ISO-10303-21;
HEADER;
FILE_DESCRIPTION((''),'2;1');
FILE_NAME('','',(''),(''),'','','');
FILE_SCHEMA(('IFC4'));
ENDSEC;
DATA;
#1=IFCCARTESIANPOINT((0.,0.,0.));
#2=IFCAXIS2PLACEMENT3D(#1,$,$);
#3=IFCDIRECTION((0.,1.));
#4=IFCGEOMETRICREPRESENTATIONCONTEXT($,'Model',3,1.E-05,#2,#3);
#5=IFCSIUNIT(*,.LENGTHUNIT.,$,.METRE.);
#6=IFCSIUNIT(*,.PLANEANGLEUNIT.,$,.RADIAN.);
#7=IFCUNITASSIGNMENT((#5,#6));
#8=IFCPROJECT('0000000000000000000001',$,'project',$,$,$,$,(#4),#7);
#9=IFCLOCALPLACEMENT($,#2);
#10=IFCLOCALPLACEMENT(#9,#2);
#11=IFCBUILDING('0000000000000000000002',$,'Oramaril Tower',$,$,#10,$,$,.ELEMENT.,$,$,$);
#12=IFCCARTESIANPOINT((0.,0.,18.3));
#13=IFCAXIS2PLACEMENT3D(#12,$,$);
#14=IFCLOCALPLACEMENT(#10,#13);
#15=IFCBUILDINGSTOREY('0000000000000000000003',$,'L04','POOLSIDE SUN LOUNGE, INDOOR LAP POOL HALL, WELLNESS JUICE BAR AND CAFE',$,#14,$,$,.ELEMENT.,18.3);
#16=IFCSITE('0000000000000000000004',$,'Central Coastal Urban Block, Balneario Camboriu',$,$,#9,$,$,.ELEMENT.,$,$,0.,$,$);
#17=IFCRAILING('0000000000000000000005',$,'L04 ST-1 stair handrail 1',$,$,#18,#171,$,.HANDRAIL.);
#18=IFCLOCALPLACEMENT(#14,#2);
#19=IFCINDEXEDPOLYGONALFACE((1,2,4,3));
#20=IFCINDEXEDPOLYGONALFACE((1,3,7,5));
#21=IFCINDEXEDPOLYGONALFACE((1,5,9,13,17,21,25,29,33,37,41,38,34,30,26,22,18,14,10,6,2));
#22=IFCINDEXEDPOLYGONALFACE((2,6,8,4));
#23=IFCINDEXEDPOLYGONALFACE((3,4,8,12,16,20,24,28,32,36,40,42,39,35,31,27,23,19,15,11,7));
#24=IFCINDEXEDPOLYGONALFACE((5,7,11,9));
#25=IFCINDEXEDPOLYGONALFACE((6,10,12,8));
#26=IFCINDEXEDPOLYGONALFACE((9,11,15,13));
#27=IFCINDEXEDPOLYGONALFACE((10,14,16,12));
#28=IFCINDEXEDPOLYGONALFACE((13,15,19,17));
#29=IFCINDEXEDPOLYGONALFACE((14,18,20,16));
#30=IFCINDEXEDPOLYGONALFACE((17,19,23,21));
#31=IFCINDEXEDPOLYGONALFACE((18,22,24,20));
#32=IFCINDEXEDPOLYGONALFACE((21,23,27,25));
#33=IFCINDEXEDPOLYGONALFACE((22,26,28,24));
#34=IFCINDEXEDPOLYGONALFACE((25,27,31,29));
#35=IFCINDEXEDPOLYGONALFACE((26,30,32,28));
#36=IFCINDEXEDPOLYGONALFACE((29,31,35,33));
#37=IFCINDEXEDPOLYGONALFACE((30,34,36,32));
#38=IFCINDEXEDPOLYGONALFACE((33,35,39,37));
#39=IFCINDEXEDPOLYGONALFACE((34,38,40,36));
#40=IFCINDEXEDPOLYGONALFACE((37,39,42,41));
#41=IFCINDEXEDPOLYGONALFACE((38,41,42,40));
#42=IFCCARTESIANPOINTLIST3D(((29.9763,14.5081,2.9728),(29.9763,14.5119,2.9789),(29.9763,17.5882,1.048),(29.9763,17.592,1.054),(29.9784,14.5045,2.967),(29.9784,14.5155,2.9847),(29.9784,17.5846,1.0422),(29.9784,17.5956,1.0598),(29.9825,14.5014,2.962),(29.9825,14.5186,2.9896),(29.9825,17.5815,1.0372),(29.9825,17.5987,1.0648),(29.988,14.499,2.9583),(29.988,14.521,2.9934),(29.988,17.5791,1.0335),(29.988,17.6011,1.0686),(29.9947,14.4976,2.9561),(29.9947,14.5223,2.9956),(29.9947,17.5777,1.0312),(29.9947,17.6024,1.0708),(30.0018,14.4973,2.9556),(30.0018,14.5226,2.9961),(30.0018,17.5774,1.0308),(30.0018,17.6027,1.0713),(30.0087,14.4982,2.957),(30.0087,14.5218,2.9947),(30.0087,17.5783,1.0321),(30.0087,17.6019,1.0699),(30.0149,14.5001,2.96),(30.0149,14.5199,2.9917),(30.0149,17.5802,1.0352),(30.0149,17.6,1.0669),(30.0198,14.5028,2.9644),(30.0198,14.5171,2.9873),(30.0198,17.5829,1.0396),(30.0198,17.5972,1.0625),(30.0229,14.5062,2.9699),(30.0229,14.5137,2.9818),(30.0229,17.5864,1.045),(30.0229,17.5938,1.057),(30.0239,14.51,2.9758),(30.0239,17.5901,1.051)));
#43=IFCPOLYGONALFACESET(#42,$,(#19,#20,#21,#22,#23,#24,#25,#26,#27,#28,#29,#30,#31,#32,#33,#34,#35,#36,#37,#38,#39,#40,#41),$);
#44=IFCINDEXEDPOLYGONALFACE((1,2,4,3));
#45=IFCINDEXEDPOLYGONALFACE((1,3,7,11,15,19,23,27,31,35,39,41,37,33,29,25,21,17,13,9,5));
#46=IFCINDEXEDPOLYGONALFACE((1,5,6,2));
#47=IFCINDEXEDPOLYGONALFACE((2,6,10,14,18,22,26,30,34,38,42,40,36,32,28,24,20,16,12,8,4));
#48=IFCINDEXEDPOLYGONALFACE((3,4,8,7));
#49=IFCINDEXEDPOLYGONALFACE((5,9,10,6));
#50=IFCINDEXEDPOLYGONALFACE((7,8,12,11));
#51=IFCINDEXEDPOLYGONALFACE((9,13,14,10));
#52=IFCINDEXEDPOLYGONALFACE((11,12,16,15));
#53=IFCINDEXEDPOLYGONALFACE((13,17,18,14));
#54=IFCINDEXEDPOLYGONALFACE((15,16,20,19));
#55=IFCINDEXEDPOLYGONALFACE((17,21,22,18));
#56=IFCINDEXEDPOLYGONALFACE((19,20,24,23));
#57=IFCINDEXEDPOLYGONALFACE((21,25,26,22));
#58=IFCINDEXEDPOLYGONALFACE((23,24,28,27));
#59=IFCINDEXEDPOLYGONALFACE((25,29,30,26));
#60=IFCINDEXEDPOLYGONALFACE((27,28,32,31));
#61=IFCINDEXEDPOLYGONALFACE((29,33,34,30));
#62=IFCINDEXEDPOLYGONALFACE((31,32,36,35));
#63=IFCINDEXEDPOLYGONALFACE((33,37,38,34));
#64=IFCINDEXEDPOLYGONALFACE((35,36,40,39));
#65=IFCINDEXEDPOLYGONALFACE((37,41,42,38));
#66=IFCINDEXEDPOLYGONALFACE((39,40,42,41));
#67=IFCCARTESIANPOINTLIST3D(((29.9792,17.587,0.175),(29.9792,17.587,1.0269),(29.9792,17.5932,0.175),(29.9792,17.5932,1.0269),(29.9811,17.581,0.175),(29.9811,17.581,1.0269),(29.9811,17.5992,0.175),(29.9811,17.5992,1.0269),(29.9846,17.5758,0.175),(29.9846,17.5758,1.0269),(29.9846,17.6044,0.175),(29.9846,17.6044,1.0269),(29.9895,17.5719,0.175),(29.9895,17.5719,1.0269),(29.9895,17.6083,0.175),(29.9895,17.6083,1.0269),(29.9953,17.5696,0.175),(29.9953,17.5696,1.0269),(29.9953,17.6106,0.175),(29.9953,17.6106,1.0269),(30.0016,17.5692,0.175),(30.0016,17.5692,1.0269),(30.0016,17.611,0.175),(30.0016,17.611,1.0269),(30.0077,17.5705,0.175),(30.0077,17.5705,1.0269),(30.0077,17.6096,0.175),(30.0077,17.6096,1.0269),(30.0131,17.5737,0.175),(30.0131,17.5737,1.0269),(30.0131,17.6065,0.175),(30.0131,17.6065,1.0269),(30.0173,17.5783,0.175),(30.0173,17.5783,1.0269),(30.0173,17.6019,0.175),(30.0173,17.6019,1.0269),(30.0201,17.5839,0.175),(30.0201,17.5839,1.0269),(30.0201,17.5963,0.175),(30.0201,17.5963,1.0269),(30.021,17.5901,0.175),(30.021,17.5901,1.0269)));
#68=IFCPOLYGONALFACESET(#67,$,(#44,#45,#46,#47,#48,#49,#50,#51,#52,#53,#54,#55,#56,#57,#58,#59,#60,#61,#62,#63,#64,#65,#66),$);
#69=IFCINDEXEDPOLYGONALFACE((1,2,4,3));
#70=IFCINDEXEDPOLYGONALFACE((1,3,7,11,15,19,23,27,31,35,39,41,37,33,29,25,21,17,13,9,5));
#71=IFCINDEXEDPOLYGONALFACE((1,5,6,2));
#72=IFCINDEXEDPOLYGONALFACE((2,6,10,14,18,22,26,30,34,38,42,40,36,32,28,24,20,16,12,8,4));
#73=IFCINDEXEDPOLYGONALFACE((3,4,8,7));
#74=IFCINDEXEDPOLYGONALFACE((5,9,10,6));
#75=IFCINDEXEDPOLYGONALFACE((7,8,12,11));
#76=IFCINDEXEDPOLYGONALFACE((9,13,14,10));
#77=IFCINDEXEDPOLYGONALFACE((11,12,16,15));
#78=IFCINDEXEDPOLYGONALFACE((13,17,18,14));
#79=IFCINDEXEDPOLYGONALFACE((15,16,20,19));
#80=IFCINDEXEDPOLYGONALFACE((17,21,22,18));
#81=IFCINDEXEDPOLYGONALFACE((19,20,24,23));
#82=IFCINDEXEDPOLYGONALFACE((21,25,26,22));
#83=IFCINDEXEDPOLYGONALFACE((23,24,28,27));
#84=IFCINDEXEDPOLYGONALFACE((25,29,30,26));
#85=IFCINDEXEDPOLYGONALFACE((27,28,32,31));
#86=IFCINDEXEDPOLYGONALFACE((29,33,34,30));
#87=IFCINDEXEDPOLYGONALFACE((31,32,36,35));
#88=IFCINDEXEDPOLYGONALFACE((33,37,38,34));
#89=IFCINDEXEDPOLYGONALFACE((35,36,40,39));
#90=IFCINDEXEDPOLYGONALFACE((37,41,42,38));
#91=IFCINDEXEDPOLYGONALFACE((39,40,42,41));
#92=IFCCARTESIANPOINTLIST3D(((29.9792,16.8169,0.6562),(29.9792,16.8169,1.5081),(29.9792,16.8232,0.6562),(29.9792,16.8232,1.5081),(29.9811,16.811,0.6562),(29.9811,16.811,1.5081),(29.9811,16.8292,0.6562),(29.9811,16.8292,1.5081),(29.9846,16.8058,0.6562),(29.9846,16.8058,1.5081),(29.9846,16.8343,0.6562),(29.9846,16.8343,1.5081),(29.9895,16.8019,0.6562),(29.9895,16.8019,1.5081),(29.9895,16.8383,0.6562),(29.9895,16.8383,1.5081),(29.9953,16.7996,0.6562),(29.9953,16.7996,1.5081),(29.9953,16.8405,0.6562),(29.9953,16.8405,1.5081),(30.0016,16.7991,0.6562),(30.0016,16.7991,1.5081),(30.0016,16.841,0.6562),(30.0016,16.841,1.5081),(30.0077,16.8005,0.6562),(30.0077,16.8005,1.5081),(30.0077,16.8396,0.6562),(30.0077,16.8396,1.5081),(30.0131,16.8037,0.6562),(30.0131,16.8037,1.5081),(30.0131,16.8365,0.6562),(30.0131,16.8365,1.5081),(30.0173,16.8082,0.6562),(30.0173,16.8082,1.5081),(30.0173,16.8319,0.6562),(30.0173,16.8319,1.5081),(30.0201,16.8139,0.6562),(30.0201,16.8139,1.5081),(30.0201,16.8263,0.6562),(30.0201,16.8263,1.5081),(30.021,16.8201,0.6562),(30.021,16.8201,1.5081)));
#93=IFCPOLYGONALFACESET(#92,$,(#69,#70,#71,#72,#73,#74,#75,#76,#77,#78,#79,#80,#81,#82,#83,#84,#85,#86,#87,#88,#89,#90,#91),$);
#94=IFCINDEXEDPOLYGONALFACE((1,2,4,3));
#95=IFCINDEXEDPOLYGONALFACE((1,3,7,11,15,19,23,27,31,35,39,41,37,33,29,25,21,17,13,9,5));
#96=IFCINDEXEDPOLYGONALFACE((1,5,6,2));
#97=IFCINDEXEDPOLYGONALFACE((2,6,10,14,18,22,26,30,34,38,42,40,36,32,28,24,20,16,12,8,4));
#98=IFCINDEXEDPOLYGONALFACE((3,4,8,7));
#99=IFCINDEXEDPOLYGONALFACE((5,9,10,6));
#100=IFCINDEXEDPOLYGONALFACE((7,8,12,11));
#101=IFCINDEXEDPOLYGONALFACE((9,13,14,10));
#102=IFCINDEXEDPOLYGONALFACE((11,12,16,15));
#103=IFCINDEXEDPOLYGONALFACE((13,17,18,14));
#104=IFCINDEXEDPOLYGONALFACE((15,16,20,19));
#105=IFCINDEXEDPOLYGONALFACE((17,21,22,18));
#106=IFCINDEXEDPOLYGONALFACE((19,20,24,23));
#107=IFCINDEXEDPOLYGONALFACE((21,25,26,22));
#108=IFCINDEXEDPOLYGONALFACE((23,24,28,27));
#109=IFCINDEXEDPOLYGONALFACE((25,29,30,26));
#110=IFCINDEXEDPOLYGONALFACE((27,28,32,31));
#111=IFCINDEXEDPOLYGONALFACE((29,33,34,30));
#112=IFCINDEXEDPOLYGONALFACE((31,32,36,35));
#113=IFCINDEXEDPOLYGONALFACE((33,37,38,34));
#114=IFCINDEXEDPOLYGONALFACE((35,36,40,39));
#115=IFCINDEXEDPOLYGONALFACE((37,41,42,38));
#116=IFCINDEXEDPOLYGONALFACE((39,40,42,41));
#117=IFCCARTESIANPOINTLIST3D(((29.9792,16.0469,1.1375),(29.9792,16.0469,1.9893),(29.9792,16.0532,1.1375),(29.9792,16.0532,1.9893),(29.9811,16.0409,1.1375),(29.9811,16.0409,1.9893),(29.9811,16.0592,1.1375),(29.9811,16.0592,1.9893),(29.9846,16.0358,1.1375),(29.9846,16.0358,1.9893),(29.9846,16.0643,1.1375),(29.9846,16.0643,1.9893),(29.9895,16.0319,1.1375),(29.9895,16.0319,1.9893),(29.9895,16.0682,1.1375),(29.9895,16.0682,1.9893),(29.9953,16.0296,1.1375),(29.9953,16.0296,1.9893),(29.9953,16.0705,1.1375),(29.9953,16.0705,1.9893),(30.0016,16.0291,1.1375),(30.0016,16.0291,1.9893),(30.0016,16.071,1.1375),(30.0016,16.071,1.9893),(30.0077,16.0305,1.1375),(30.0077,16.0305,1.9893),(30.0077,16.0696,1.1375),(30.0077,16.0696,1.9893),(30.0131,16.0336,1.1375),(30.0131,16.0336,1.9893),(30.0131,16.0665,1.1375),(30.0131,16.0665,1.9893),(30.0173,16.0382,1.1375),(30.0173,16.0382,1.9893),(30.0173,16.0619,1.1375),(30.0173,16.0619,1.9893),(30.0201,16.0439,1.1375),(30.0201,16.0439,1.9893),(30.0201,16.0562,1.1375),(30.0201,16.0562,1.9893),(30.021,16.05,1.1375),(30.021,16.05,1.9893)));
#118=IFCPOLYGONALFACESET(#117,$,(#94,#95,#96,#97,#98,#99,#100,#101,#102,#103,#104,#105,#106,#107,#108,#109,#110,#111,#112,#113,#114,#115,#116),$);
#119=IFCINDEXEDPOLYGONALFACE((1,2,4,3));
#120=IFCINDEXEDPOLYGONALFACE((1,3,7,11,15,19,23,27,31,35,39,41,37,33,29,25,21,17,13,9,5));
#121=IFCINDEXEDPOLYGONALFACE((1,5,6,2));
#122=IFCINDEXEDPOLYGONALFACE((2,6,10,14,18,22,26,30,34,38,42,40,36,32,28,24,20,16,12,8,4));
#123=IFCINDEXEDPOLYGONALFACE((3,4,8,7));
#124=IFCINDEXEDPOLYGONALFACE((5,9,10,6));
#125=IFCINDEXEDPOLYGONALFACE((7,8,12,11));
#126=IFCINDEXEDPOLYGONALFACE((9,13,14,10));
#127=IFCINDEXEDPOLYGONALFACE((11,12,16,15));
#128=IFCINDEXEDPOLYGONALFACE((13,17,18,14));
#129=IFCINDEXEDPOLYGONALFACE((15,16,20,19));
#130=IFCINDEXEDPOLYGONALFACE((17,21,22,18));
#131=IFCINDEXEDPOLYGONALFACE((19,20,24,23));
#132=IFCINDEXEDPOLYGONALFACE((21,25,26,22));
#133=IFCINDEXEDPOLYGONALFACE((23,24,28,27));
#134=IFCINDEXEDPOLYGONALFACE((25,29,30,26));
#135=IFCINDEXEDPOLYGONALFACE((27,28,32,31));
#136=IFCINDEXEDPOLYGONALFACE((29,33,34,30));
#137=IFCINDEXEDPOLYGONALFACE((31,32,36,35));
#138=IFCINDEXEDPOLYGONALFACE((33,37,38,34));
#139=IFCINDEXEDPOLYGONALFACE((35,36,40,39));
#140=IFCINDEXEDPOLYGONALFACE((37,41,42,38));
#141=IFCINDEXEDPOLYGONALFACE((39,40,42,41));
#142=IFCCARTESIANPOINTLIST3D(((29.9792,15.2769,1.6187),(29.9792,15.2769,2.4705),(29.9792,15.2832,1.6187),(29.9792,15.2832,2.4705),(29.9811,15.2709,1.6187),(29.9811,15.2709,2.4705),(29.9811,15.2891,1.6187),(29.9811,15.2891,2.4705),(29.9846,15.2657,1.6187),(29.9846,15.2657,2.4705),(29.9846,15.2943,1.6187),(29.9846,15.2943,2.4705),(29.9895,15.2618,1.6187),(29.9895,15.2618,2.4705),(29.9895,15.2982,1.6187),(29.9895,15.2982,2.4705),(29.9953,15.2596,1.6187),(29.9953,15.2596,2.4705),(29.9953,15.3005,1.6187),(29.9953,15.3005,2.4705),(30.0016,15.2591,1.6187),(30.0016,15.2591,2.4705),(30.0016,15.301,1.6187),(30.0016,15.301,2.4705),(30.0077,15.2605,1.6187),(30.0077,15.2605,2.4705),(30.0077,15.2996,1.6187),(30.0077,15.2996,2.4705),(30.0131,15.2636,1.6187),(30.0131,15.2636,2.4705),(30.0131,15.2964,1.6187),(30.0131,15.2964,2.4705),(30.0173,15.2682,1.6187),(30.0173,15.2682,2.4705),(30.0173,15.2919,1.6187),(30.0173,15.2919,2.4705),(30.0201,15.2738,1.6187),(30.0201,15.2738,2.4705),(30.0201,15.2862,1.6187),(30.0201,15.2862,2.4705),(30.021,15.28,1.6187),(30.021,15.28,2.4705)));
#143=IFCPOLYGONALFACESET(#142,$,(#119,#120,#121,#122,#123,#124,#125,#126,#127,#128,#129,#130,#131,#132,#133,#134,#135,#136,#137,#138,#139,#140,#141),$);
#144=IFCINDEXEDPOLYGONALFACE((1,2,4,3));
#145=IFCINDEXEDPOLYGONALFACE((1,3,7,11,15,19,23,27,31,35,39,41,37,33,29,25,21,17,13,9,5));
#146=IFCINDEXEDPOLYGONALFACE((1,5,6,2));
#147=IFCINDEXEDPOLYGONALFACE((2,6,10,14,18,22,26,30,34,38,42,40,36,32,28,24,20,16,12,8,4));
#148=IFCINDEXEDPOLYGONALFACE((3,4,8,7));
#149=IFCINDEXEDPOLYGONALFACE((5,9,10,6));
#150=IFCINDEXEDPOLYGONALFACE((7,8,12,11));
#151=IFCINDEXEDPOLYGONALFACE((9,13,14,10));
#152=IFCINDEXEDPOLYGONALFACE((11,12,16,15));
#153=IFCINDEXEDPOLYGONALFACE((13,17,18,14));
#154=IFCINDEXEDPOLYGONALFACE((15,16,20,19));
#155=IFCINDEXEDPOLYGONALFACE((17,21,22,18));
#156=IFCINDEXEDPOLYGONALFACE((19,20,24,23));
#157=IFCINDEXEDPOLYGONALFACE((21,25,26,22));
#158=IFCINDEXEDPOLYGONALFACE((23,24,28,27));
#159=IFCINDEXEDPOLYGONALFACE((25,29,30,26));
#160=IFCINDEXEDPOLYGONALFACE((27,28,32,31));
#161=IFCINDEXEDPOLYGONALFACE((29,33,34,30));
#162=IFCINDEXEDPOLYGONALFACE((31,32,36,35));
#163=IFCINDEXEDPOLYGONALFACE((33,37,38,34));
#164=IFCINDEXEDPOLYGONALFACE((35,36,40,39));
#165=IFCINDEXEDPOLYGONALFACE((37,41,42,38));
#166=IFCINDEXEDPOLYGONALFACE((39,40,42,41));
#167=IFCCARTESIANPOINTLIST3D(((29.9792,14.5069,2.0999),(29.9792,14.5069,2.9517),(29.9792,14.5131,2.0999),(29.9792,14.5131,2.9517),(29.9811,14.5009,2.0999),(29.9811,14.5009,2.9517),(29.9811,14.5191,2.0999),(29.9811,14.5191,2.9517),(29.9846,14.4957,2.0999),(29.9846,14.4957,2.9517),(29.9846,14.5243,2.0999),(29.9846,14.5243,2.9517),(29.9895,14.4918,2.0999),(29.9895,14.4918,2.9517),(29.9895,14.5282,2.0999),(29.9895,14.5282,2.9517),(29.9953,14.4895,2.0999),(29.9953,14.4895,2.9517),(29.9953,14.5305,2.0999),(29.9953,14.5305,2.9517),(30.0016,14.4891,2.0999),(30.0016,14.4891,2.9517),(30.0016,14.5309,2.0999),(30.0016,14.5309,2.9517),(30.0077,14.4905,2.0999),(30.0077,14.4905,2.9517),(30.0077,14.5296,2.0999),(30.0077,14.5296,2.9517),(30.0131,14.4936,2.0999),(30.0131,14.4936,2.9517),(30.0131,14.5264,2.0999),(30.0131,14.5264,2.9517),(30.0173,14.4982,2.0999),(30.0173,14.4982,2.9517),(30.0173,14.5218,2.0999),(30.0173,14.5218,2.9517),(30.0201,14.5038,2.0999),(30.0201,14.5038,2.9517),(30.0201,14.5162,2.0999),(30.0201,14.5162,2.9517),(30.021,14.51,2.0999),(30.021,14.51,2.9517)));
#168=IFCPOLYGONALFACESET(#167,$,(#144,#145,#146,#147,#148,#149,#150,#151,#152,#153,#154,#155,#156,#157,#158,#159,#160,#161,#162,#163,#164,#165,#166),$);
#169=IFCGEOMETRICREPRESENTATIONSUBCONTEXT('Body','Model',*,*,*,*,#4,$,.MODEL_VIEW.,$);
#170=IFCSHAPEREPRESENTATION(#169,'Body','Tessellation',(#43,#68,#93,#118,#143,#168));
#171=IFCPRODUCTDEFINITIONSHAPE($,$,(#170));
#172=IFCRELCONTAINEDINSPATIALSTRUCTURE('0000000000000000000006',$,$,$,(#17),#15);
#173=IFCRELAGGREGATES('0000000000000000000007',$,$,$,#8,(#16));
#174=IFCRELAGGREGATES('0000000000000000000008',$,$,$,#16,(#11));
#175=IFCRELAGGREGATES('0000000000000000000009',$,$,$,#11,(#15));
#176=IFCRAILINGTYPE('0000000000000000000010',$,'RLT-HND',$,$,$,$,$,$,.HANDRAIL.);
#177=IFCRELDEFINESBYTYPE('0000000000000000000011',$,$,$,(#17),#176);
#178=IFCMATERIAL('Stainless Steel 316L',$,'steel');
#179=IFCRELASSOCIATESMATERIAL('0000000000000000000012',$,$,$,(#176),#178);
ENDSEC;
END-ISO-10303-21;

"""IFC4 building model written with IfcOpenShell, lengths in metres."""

from ifc_helpers import new_model, si_unit, direction, frame, origin, origin_2d, place, context, subcontext, project, spatial, circle, extrude, material, type_object, element, save


model = new_model("IFC4")

# Units and contexts
model_context = context("Model", 3, precision=1e-05, world=origin(), true_north=direction((0.0, 1.0)))
body_context = subcontext(model_context, "Body", "Model", "MODEL_VIEW")
ifc_project = project(units=[si_unit("LENGTHUNIT", "METRE"), si_unit("PLANEANGLEUNIT", "RADIAN")], contexts=[model_context])

# Site, building, storey
site_placement = place(None, origin())
site = spatial("IfcSite", under=ifc_project, at=site_placement, Name="Central Coastal Urban Block, Balneario Camboriu", CompositionType="ELEMENT", RefElevation=0.0)
building_placement = place(site_placement, origin())
building = spatial("IfcBuilding", under=site, at=building_placement, Name="Oramaril Tower", CompositionType="ELEMENT")
storey_placement = place(building_placement, frame((0.0, 0.0, 18.3)))
storey = spatial("IfcBuildingStorey", under=building, at=storey_placement, Name="L04", Description="POOLSIDE SUN LOUNGE, INDOOR LAP POOL HALL, WELLNESS JUICE BAR AND CAFE", CompositionType="ELEMENT", Elevation=18.3)

# Railing
ifc_material_1 = material(Name="Stainless Steel 316L", Category="steel")
railing_type_1 = type_object("IfcRailingType", Name="RLT-HND", PredefinedType="HANDRAIL", material=ifc_material_1)
railing_1_placement = place(storey_placement, frame((30.0, 17.5901, 0.175)))
element("IfcRailing", 1, at=railing_1_placement, inside=storey, type_object=railing_type_1, Name="L04 ST-1 stair handrail 1", PredefinedType="HANDRAIL", context=body_context, shape_type="SweptSolid", body=[
    extrude(circle(Radius=0.0239, at=origin_2d()), frame((0.0, 0.0, 0.876), z_axis=(0.0, -0.848029, 0.529951), x_axis=(1.0, 0.0, 0.0)), (0.0, 0.0, 1.0), 3.6321),
    extrude(circle(Radius=0.021, at=origin_2d()), origin(), (0.0, 0.0, 1.0), 0.8518),
    extrude(circle(Radius=0.021, at=origin_2d()), frame((0.0, -0.77, 0.4812)), (0.0, 0.0, 1.0), 0.8518),
    extrude(circle(Radius=0.021, at=origin_2d()), frame((0.0, -1.54, 0.9624)), (0.0, 0.0, 1.0), 0.8518),
    extrude(circle(Radius=0.021, at=origin_2d()), frame((0.0, -2.3101, 1.4436)), (0.0, 0.0, 1.0), 0.8518),
    extrude(circle(Radius=0.021, at=origin_2d()), frame((0.0, -3.0801, 1.9248)), (0.0, 0.0, 1.0), 0.8518),
])

save(model, "model.ifc")
